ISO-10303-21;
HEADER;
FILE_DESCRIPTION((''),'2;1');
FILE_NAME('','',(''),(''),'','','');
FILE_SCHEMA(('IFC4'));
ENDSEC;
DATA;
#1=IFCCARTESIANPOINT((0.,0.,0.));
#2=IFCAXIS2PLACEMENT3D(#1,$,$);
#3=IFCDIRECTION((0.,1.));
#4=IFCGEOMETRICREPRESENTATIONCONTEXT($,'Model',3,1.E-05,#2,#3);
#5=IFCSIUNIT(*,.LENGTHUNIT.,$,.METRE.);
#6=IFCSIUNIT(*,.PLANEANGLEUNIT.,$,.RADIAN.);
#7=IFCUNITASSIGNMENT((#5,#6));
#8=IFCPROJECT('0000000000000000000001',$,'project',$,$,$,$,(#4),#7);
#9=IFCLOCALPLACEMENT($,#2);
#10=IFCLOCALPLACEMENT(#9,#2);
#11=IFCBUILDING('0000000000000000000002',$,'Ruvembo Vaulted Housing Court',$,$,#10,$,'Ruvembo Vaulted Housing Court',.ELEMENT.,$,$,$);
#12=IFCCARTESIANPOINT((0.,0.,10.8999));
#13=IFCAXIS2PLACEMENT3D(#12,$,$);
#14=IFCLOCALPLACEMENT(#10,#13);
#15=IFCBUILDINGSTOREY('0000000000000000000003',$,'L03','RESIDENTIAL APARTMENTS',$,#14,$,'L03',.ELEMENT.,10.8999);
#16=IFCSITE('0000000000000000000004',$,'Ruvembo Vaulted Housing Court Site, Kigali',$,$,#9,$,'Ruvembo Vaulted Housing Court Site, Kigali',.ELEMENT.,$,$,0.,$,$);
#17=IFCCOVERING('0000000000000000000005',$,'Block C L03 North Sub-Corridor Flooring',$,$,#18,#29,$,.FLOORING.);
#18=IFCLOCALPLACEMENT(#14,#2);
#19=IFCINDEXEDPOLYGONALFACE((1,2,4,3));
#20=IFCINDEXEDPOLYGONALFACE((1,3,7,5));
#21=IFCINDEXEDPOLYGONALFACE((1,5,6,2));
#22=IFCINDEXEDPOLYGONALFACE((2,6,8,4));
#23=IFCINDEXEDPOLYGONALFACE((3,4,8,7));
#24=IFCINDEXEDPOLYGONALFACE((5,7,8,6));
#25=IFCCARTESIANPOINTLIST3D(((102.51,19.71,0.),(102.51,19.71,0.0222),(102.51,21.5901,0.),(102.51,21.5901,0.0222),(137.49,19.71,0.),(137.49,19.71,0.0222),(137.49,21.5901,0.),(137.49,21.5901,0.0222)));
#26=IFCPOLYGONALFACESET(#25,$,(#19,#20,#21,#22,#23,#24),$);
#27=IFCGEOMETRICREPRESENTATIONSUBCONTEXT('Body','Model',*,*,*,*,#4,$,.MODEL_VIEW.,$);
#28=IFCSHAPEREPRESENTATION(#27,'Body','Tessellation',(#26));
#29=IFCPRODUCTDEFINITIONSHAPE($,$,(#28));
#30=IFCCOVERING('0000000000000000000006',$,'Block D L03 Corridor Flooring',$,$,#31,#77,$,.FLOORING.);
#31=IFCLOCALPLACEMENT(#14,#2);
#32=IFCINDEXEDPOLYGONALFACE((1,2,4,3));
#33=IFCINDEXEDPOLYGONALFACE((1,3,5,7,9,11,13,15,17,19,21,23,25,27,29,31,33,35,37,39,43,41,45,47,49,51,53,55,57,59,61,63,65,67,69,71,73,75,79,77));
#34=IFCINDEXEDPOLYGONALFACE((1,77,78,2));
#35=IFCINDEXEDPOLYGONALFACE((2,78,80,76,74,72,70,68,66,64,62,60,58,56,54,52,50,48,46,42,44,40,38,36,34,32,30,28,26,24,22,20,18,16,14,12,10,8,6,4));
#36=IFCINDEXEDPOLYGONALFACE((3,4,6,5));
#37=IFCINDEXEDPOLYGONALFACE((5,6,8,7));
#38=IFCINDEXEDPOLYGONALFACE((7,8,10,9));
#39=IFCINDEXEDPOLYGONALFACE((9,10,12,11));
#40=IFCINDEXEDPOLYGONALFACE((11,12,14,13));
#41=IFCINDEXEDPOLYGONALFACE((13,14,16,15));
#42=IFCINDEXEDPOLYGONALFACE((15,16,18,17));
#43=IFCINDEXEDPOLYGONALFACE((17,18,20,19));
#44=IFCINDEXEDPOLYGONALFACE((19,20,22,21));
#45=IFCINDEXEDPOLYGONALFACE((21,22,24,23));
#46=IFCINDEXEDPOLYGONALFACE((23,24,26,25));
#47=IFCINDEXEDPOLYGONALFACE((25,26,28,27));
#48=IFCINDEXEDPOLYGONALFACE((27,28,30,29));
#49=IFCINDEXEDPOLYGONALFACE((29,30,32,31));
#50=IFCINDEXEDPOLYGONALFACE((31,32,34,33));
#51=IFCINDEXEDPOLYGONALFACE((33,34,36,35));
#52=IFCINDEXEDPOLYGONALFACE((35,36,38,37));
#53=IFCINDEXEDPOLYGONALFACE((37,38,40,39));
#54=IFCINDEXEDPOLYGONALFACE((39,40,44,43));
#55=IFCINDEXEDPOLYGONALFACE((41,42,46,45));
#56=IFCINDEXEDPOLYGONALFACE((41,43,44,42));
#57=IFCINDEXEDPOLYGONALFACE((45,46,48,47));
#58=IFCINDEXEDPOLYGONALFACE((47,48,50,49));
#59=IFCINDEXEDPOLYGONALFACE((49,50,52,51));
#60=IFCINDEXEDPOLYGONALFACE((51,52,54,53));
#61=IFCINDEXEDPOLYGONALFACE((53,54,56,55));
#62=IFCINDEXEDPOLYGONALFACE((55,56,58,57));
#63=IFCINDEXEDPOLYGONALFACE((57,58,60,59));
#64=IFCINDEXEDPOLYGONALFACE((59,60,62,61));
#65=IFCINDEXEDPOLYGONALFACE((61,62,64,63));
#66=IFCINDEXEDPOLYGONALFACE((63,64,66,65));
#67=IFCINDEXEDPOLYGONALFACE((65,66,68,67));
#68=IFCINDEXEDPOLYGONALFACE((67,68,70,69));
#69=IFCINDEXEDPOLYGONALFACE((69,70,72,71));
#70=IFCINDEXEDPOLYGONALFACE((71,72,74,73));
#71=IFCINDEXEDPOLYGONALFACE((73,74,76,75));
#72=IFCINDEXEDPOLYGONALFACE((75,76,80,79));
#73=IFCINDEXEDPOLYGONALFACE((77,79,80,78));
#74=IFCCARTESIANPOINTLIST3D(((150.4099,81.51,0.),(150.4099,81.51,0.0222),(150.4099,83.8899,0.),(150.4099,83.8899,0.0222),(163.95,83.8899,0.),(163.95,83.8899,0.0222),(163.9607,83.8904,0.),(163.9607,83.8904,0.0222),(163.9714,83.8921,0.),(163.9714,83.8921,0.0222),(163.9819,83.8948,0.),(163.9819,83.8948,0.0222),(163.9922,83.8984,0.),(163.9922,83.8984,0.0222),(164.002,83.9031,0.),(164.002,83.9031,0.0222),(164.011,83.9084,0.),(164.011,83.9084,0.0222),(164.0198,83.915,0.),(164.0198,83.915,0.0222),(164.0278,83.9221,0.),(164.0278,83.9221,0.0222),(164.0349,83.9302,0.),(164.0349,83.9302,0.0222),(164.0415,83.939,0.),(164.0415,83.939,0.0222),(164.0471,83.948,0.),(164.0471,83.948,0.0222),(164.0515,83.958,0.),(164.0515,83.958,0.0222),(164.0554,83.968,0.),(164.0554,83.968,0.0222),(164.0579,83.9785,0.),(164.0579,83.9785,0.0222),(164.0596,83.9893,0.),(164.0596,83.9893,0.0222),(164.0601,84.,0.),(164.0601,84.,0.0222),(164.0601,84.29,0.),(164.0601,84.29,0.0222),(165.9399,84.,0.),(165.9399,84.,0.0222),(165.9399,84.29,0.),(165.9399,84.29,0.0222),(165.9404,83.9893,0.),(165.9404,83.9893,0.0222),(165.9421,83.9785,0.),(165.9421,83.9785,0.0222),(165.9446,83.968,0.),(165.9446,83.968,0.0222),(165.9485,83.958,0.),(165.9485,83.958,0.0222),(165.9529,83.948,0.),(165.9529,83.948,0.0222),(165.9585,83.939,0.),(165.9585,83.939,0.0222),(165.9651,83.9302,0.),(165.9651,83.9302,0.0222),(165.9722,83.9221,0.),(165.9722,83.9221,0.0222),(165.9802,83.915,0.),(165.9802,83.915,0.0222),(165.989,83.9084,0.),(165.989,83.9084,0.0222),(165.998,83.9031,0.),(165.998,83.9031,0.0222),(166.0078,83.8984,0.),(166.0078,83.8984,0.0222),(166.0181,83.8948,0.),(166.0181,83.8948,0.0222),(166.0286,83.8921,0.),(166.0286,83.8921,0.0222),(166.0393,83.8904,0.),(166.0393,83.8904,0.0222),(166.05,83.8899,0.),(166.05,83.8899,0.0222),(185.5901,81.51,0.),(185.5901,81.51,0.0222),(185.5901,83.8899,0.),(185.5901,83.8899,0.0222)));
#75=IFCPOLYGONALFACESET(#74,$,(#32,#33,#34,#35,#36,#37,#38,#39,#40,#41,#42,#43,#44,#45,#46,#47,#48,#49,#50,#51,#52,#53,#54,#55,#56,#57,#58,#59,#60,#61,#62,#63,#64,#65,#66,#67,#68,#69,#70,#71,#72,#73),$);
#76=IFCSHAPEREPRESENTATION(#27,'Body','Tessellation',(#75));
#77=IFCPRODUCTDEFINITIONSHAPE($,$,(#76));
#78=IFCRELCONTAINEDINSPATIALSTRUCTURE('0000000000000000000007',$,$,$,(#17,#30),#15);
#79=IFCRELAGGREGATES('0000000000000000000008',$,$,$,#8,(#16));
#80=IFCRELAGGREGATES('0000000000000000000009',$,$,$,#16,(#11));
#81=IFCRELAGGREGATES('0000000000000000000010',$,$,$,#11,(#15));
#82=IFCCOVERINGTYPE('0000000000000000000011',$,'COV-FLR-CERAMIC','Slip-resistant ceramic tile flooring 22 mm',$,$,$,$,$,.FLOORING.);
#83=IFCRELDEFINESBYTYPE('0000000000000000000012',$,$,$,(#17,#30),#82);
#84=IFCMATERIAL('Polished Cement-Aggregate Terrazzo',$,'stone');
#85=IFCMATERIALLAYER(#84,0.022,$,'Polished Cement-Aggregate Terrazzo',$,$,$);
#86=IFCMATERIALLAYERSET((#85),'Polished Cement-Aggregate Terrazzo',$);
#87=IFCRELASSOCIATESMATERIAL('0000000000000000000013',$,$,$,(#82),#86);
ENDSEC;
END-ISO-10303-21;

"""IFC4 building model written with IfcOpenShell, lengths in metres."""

from ifc_helpers import new_model, si_unit, direction, frame, origin, place, context, subcontext, project, spatial, polyline, outline, extrude, material, layer, layer_set, type_object, element, save


model = new_model("IFC4")

# Units and contexts
model_context = context("Model", 3, precision=1e-05, world=origin(), true_north=direction((0.0, 1.0)))
body_context = subcontext(model_context, "Body", "Model", "MODEL_VIEW")
ifc_project = project(units=[si_unit("LENGTHUNIT", "METRE"), si_unit("PLANEANGLEUNIT", "RADIAN")], contexts=[model_context])

# Site, building, storey
site_placement = place(None, origin())
site = spatial("IfcSite", under=ifc_project, at=site_placement, Name="Ruvembo Vaulted Housing Court Site, Kigali", LongName="Ruvembo Vaulted Housing Court Site, Kigali", CompositionType="ELEMENT", RefElevation=0.0)
building_placement = place(site_placement, origin())
building = spatial("IfcBuilding", under=site, at=building_placement, Name="Ruvembo Vaulted Housing Court", LongName="Ruvembo Vaulted Housing Court", CompositionType="ELEMENT")
storey_placement = place(building_placement, frame((0.0, 0.0, 10.8999)))
storey = spatial("IfcBuildingStorey", under=building, at=storey_placement, Name="L03", Description="RESIDENTIAL APARTMENTS", LongName="L03", CompositionType="ELEMENT", Elevation=10.8999)

# Coverings
ifc_material_1 = material(Name="Polished Cement-Aggregate Terrazzo", Category="stone")
ifc_layer_1 = layer(ifc_material_1, 0.022, Name="Polished Cement-Aggregate Terrazzo")
ifc_layer_set_1 = layer_set([ifc_layer_1], Name="Polished Cement-Aggregate Terrazzo")
covering_type_1 = type_object("IfcCoveringType", Name="COV-FLR-CERAMIC", Description="Slip-resistant ceramic tile flooring 22 mm", PredefinedType="FLOORING", material=ifc_layer_set_1)
covering_1_placement = place(storey_placement, origin())
element("IfcCovering", 1, at=covering_1_placement, inside=storey, type_object=covering_type_1, Name="Block C L03 North Sub-Corridor Flooring", PredefinedType="FLOORING", context=body_context, shape_type="SweptSolid", body=[
    extrude(outline(polyline([(102.51, 19.71), (137.49, 19.71), (137.49, 21.5901), (102.51, 21.5901), (102.51, 19.71)])), origin(), (0.0, 0.0, 1.0), 0.0222),
])
covering_2_placement = place(storey_placement, origin())
element("IfcCovering", 2, at=covering_2_placement, inside=storey, type_object=covering_type_1, Name="Block D L03 Corridor Flooring", PredefinedType="FLOORING", context=body_context, shape_type="SweptSolid", body=[
    extrude(outline(polyline([(185.5901, 81.51), (185.5901, 83.8899), (166.05, 83.8899), (166.0393, 83.8904), (166.0286, 83.8921), (166.0181, 83.8948), (166.0078, 83.8984), (165.998, 83.9031), (165.989, 83.9084), (165.9802, 83.915), (165.9722, 83.9221), (165.9651, 83.9302), (165.9585, 83.939), (165.9529, 83.948), (165.9485, 83.958), (165.9446, 83.968), (165.9421, 83.9785), (165.9404, 83.9893), (165.9399, 84.0), (165.9399, 84.29), (164.0601, 84.29), (164.0601, 84.0), (164.0596, 83.9893), (164.0579, 83.9785), (164.0554, 83.968), (164.0515, 83.958), (164.0471, 83.948), (164.0415, 83.939), (164.0349, 83.9302), (164.0278, 83.9221), (164.0198, 83.915), (164.011, 83.9084), (164.002, 83.9031), (163.9922, 83.8984), (163.9819, 83.8948), (163.9714, 83.8921), (163.9607, 83.8904), (163.95, 83.8899), (150.4099, 83.8899), (150.4099, 81.51), (185.5901, 81.51)])), origin(), (0.0, 0.0, 1.0), 0.0222),
])

save(model, "model.ifc")
